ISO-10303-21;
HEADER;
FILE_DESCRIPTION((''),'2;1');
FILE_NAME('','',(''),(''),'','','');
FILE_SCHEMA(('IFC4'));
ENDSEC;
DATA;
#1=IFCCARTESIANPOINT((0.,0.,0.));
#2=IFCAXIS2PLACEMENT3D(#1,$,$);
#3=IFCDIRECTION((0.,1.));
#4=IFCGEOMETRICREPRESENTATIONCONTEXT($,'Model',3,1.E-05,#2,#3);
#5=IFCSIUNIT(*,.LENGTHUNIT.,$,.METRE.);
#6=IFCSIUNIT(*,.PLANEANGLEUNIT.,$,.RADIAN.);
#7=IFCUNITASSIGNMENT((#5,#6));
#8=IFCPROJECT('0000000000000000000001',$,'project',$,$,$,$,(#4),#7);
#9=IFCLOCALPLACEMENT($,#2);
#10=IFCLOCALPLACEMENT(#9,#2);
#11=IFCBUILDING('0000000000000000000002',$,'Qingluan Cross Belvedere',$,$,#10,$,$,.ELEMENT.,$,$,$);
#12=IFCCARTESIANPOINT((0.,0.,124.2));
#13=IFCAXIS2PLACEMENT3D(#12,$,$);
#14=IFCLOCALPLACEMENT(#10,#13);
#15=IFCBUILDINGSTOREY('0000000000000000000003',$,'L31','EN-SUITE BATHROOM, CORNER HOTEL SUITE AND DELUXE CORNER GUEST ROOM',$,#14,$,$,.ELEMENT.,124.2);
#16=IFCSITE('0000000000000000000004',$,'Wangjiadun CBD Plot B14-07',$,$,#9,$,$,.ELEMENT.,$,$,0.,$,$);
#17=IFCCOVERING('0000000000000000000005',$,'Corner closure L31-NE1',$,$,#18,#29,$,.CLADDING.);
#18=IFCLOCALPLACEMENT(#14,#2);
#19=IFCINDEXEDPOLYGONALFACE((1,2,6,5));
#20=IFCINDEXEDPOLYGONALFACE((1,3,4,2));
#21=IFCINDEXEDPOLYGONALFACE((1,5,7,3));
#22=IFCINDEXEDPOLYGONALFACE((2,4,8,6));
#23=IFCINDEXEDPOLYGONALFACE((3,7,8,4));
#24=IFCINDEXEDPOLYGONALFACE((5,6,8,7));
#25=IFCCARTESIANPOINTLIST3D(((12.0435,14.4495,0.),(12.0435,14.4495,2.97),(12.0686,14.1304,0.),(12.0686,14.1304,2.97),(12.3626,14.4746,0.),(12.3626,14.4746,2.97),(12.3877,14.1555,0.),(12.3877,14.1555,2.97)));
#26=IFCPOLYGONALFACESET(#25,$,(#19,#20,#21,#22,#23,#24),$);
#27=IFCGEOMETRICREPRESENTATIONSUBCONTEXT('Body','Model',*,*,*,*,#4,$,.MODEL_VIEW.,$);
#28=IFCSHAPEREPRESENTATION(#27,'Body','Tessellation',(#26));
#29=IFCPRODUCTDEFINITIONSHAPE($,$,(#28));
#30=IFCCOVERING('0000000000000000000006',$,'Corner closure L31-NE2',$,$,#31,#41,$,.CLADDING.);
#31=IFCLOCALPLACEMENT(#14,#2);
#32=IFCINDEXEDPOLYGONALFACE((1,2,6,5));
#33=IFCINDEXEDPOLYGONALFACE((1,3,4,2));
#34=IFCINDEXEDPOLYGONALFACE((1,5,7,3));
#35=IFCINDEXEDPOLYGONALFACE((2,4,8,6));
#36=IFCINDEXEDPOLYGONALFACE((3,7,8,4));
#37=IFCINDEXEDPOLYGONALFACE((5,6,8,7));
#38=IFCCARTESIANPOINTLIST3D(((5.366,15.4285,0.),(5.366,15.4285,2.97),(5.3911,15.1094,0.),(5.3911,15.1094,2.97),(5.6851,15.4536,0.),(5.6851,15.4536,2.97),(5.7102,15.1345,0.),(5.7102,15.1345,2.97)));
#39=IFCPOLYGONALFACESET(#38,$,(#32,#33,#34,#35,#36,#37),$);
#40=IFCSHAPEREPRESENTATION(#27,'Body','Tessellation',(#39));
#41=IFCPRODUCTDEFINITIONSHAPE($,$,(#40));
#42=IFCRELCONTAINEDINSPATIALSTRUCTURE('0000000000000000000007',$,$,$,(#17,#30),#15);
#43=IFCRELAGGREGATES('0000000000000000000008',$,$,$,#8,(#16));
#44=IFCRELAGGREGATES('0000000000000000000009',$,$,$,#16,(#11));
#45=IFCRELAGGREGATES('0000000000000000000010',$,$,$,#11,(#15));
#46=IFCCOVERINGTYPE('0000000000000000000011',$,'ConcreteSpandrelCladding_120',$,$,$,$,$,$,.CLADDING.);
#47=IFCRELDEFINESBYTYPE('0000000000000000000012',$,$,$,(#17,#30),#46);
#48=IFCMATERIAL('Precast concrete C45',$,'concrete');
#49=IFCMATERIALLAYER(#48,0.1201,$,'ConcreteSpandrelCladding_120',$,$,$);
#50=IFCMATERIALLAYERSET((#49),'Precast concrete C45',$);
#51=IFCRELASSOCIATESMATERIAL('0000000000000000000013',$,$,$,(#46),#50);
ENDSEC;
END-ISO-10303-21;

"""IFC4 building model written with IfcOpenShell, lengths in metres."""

from ifc_helpers import new_model, si_unit, direction, frame, origin, origin_2d, place, context, subcontext, project, spatial, rectangle, extrude, material, layer, layer_set, type_object, element, save


model = new_model("IFC4")

# Units and contexts
model_context = context("Model", 3, precision=1e-05, world=origin(), true_north=direction((0.0, 1.0)))
body_context = subcontext(model_context, "Body", "Model", "MODEL_VIEW")
ifc_project = project(units=[si_unit("LENGTHUNIT", "METRE"), si_unit("PLANEANGLEUNIT", "RADIAN")], contexts=[model_context])

# Site, building, storey
site_placement = place(None, origin())
site = spatial("IfcSite", under=ifc_project, at=site_placement, Name="Wangjiadun CBD Plot B14-07", CompositionType="ELEMENT", RefElevation=0.0)
building_placement = place(site_placement, origin())
building = spatial("IfcBuilding", under=site, at=building_placement, Name="Qingluan Cross Belvedere", CompositionType="ELEMENT")
storey_placement = place(building_placement, frame((0.0, 0.0, 124.2)))
storey = spatial("IfcBuildingStorey", under=building, at=storey_placement, Name="L31", Description="EN-SUITE BATHROOM, CORNER HOTEL SUITE AND DELUXE CORNER GUEST ROOM", CompositionType="ELEMENT", Elevation=124.2)

# Coverings
ifc_material_1 = material(Name="Precast concrete C45", Category="concrete")
ifc_layer_1 = layer(ifc_material_1, 0.1201, Name="ConcreteSpandrelCladding_120")
ifc_layer_set_1 = layer_set([ifc_layer_1], Name="Precast concrete C45")
covering_type = type_object("IfcCoveringType", Name="ConcreteSpandrelCladding_120", PredefinedType="CLADDING", material=ifc_layer_set_1)
for number, where, z_axis, x_axis, name in (
    (1, (12.2156, 14.3025, 0.0), (0.0, 0.0, 1.0), (0.996917, 0.078459, 0.0), "Corner closure L31-NE1"),
    (2, (5.5381, 15.2815, 0.0), (0.0, 0.0, 1.0), (0.996917, 0.078459, 0.0), "Corner closure L31-NE2"),
):
    element("IfcCovering", number, at=place(storey_placement, frame(where, z_axis=z_axis, x_axis=x_axis)), inside=storey, type_object=covering_type, Name=name, PredefinedType="CLADDING", context=body_context, shape_type="SweptSolid", body=[
        extrude(rectangle(XDim=0.3201, YDim=0.3201, at=origin_2d()), origin(), (0.0, 0.0, 1.0), 2.97),
    ])

save(model, "model.ifc")
